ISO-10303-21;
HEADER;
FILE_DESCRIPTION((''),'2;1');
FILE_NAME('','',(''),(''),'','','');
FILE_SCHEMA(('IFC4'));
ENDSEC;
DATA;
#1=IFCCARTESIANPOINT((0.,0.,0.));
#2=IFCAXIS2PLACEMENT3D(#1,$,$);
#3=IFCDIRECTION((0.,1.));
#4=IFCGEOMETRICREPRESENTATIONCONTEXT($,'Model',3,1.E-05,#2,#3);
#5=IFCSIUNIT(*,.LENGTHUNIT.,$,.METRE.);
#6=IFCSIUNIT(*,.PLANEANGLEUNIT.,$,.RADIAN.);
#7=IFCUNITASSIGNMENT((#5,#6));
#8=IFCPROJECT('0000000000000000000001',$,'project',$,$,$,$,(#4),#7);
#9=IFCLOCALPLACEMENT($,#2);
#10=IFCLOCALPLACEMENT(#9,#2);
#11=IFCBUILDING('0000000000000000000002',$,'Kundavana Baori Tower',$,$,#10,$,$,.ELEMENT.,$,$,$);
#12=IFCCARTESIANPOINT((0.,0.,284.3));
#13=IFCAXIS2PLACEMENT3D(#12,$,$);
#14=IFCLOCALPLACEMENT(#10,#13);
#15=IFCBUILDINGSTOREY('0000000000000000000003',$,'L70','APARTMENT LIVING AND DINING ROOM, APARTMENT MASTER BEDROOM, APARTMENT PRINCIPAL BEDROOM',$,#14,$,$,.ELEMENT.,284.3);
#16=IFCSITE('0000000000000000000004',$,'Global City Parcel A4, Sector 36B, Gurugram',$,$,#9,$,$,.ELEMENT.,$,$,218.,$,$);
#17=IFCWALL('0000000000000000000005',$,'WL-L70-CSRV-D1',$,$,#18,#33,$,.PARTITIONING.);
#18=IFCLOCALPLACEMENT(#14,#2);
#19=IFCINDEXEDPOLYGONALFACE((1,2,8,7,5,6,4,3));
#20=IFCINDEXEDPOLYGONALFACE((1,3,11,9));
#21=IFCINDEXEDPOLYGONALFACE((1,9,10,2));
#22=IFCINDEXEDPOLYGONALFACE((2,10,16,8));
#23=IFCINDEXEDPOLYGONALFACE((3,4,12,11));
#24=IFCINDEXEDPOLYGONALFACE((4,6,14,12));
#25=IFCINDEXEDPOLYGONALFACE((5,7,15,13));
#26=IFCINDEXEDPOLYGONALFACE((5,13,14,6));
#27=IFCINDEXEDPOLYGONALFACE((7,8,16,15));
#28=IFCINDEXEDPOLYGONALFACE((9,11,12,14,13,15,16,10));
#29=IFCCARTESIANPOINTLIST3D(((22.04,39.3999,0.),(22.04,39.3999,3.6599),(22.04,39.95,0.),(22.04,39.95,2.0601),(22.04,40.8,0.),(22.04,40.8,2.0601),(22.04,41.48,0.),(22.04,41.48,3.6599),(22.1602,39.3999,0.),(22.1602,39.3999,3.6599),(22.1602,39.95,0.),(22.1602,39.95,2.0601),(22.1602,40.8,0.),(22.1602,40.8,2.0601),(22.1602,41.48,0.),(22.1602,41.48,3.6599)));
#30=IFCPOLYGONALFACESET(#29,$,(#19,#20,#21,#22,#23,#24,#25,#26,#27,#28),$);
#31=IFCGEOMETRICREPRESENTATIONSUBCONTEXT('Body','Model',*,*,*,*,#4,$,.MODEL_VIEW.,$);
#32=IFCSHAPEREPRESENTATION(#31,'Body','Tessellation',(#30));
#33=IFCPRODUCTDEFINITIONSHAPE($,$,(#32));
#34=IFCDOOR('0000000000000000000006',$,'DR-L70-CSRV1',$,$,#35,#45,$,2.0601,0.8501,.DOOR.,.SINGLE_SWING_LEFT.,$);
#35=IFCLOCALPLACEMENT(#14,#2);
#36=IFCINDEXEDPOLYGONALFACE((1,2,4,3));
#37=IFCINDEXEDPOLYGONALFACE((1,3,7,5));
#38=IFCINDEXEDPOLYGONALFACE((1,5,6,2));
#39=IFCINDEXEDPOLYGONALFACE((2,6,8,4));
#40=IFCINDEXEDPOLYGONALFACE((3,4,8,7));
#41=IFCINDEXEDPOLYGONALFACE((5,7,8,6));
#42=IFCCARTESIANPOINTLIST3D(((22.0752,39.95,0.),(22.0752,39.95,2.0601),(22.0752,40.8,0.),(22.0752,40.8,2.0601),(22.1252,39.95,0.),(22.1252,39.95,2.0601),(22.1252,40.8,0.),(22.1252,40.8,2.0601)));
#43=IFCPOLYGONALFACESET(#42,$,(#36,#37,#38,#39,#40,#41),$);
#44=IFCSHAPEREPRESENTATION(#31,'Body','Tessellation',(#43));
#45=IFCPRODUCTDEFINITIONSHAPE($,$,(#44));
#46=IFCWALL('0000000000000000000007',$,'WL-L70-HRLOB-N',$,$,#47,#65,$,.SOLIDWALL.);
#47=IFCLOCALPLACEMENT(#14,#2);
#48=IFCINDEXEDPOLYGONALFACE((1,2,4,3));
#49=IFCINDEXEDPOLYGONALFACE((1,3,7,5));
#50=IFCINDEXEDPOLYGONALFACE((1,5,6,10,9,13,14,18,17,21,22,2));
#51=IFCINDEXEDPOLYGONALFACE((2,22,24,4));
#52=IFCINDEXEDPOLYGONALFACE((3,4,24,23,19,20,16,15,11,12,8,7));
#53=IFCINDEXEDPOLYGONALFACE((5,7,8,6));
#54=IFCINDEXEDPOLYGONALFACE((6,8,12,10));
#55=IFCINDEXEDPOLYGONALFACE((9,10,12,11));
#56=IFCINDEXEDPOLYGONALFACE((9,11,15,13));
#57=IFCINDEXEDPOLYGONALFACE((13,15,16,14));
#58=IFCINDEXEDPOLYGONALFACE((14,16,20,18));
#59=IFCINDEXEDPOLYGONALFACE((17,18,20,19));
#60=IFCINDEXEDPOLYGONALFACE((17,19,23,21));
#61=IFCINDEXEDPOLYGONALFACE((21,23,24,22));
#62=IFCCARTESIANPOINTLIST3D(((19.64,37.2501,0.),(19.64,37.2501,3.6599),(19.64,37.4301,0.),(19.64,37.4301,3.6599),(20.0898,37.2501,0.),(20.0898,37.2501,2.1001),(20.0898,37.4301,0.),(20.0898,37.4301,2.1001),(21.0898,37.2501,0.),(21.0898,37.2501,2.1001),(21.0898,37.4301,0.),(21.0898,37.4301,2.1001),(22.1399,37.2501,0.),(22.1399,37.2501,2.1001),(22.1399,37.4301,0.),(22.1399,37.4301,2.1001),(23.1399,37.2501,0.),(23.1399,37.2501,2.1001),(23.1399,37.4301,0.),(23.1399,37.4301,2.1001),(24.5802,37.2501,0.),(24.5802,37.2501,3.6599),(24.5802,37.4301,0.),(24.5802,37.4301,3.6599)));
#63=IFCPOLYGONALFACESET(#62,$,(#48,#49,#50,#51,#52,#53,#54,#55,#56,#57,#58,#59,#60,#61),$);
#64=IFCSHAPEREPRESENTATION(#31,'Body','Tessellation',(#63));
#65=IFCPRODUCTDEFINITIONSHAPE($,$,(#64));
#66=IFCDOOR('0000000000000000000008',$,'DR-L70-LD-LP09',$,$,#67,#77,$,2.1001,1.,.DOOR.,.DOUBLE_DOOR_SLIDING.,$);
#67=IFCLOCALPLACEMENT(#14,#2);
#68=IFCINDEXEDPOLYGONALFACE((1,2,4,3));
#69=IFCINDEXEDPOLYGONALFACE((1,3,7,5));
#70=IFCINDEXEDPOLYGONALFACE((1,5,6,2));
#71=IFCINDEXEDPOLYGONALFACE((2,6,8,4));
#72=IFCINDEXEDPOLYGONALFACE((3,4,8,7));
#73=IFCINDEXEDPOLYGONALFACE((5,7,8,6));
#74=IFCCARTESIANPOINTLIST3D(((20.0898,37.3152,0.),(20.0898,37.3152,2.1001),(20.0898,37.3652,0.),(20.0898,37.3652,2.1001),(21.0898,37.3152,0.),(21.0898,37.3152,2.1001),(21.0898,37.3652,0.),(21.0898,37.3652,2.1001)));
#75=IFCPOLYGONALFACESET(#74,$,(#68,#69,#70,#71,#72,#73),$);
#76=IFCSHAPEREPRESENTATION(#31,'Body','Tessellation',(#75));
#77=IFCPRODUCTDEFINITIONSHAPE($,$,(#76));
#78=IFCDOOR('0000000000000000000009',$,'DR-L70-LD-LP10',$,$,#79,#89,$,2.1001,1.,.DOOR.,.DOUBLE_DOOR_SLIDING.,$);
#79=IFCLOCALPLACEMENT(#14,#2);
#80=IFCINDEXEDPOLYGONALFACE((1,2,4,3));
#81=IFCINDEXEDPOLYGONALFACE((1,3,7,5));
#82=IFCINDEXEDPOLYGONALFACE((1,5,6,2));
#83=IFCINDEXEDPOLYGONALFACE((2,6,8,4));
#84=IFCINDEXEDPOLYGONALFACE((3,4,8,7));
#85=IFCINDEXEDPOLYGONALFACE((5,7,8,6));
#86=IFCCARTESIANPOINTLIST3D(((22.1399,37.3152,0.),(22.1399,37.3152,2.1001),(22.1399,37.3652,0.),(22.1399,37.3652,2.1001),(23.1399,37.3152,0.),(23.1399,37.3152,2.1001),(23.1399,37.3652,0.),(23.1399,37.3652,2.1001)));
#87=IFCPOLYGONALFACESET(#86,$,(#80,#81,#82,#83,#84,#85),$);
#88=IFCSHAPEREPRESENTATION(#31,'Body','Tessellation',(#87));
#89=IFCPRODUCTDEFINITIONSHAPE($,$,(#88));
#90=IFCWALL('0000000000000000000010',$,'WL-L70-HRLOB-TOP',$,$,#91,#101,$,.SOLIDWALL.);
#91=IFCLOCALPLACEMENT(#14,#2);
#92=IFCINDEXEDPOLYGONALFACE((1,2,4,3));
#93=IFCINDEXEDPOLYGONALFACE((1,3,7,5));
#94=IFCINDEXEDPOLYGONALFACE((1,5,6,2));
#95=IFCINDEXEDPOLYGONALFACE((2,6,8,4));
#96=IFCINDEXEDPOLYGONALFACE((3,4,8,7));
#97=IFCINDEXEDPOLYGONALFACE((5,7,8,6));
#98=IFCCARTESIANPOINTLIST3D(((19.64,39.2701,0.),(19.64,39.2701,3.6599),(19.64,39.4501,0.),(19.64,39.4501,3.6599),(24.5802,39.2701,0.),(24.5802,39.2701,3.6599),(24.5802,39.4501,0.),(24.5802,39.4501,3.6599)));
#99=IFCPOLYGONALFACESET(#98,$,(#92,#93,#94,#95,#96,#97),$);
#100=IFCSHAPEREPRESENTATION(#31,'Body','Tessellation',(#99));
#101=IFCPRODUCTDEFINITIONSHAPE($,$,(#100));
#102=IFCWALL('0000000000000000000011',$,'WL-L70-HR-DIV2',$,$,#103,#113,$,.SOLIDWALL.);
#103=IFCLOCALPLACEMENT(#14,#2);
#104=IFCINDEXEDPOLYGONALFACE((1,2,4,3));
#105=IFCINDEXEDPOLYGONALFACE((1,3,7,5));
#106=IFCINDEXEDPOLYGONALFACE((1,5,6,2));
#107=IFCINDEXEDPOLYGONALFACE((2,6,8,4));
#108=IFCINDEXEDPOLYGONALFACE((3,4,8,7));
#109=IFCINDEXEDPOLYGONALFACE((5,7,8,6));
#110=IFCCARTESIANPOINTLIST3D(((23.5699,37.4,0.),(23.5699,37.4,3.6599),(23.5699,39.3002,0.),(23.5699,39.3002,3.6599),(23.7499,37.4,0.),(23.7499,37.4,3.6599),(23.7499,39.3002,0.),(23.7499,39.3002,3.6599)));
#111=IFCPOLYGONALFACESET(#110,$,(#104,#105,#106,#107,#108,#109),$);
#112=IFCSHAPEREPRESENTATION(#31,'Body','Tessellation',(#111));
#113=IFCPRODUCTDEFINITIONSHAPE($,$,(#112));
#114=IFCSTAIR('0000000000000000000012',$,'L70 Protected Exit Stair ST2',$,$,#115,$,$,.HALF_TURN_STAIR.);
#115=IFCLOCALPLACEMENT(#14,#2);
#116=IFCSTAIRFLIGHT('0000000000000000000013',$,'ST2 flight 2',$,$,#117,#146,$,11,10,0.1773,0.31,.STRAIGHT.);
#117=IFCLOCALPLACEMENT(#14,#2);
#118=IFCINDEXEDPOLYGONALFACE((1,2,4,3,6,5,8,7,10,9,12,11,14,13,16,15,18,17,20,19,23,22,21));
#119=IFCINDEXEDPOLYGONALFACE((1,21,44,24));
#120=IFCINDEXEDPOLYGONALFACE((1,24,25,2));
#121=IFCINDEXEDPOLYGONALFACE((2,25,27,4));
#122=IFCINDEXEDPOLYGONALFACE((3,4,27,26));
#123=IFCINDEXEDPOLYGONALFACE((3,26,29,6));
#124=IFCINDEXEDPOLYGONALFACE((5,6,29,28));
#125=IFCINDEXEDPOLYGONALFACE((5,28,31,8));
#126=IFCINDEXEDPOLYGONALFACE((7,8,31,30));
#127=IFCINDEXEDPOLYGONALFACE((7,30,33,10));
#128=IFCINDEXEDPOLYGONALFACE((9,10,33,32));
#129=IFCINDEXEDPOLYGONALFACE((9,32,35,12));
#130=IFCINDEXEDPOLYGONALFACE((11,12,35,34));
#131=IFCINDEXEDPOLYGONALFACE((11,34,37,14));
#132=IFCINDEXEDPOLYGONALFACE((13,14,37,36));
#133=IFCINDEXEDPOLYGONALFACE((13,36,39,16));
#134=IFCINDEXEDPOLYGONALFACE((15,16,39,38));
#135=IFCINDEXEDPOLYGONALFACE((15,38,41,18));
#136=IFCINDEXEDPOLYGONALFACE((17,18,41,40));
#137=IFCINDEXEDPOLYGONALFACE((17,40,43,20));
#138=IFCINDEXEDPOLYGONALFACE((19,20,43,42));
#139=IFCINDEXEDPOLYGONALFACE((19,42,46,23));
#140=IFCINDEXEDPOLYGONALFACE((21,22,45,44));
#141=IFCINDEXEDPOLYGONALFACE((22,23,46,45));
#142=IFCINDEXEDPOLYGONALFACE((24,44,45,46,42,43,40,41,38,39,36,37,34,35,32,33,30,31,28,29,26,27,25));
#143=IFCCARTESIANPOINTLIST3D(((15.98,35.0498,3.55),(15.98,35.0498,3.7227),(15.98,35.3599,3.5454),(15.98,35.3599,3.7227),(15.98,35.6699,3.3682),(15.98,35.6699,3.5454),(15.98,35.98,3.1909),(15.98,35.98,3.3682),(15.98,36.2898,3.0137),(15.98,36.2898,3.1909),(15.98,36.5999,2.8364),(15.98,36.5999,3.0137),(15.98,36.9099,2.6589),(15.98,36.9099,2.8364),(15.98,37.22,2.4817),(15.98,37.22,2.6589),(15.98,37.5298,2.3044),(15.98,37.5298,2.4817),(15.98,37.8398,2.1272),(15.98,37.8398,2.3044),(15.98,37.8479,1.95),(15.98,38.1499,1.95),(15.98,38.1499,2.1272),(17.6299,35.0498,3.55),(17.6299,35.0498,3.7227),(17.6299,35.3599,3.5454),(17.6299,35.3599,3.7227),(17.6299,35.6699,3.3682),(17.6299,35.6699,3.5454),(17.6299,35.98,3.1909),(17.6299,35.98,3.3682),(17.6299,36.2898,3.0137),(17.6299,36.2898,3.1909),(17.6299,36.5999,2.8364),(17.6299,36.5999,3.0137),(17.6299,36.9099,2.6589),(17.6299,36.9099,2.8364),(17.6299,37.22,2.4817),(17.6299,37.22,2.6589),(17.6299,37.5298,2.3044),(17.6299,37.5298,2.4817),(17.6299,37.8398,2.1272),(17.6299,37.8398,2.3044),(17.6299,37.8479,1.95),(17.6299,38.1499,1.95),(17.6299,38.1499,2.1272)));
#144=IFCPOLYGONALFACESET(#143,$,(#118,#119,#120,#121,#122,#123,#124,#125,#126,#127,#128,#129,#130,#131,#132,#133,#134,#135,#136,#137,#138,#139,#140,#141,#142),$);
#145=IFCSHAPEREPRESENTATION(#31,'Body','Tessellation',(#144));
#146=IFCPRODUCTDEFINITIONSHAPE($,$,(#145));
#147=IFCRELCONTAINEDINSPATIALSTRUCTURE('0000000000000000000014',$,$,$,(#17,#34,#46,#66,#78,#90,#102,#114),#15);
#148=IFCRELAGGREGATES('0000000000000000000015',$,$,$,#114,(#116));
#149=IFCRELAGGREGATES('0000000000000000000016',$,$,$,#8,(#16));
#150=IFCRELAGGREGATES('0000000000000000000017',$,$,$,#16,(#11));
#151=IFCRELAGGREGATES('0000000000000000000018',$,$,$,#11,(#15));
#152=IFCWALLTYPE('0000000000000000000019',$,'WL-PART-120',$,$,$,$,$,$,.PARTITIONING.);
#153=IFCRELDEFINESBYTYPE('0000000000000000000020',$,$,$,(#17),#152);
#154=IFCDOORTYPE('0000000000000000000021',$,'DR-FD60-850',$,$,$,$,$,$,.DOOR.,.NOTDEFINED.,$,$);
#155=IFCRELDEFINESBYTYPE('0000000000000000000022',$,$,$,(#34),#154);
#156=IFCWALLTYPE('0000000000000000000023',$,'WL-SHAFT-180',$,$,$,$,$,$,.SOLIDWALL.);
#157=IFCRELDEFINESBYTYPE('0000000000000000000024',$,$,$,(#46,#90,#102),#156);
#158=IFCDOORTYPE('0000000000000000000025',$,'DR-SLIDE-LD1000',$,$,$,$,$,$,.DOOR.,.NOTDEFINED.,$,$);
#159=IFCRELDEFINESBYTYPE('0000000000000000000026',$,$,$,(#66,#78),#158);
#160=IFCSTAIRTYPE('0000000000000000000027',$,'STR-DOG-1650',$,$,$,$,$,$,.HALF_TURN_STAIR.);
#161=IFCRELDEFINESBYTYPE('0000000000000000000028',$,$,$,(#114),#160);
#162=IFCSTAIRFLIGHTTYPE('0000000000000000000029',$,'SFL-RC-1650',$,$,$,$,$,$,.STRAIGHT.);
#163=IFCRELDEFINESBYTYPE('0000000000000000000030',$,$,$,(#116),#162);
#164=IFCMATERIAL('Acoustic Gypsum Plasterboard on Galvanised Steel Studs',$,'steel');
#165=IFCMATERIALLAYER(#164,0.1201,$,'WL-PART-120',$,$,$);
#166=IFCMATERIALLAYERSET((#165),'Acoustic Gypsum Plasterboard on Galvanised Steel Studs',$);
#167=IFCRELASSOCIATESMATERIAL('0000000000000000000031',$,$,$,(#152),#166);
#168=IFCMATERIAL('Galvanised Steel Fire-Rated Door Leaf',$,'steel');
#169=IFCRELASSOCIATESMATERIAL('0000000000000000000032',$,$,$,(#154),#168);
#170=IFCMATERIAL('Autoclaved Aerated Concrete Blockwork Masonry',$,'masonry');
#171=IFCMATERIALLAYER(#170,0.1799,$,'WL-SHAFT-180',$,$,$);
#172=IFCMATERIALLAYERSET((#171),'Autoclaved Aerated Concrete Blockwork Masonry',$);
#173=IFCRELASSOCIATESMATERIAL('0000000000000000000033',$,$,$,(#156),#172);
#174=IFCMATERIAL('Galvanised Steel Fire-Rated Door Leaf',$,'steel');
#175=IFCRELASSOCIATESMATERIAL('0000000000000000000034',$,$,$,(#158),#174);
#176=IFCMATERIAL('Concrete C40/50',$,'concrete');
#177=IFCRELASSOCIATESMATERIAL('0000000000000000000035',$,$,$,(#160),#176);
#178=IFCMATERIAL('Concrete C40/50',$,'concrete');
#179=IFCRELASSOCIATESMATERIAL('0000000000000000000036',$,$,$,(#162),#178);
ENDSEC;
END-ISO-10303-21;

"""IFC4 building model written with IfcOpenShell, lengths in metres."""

from ifc_helpers import new_model, si_unit, direction, frame, frame_2d, origin, place, context, subcontext, project, spatial, polyline, rectangle, outline, extrude, material, layer, layer_set, type_object, element, fill, aggregate, save


model = new_model("IFC4")

# Units and contexts
model_context = context("Model", 3, precision=1e-05, world=origin(), true_north=direction((0.0, 1.0)))
body_context = subcontext(model_context, "Body", "Model", "MODEL_VIEW")
ifc_project = project(units=[si_unit("LENGTHUNIT", "METRE"), si_unit("PLANEANGLEUNIT", "RADIAN")], contexts=[model_context])

# Site, building, storey
site_placement = place(None, origin())
site = spatial("IfcSite", under=ifc_project, at=site_placement, Name="Global City Parcel A4, Sector 36B, Gurugram", CompositionType="ELEMENT", RefElevation=218.0)
building_placement = place(site_placement, origin())
building = spatial("IfcBuilding", under=site, at=building_placement, Name="Kundavana Baori Tower", CompositionType="ELEMENT")
storey_placement = place(building_placement, frame((0.0, 0.0, 284.3)))
storey = spatial("IfcBuildingStorey", under=building, at=storey_placement, Name="L70", Description="APARTMENT LIVING AND DINING ROOM, APARTMENT MASTER BEDROOM, APARTMENT PRINCIPAL BEDROOM", CompositionType="ELEMENT", Elevation=284.3)

# Shared definitions
ifc_material_1 = material(Name="Acoustic Gypsum Plasterboard on Galvanised Steel Studs", Category="steel")
ifc_layer_1 = layer(ifc_material_1, 0.1201, Name="WL-PART-120")
ifc_layer_set_1 = layer_set([ifc_layer_1], Name="Acoustic Gypsum Plasterboard on Galvanised Steel Studs")
wall_type_1 = type_object("IfcWallType", Name="WL-PART-120", PredefinedType="PARTITIONING", material=ifc_layer_set_1)

# Wall, opening, door
wall_1_placement = place(storey_placement, frame((22.1001, 39.3999, 0.0), z_axis=(0.0, 0.0, 1.0), x_axis=(0.0, 1.0, 0.0)))
wall_1 = element("IfcWall", 1, at=wall_1_placement, inside=storey, type_object=wall_type_1, Name="WL-L70-CSRV-D1", PredefinedType="PARTITIONING", context=body_context, shape_type="SweptSolid", body=[
    extrude(rectangle(XDim=2.0801, YDim=0.1201, at=frame_2d((1.04, 0.0))), origin(), (0.0, 0.0, 1.0), 3.6599),
])
opening_1_placement = place(wall_1_placement, frame((0.55, 0.0, 0.0)))
opening_1 = element("IfcOpeningElement", 2, at=opening_1_placement, cuts=wall_1, PredefinedType="OPENING", context=body_context, shape_type="SweptSolid", body=[
    extrude(rectangle(XDim=0.8501, YDim=2.0601, at=frame_2d((0.425, 1.03))), frame((0.0, 0.0701, 0.0), z_axis=(0.0, -1.0, 0.0), x_axis=(1.0, 0.0, 0.0)), (0.0, 0.0, 1.0), 0.1401),
])
ifc_material_2 = material(Name="Galvanised Steel Fire-Rated Door Leaf", Category="steel")
door_type_1 = type_object("IfcDoorType", Name="DR-FD60-850", OperationType="NOTDEFINED", PredefinedType="DOOR", material=ifc_material_2)
door_1_placement = place(opening_1_placement, origin())
door_1 = element("IfcDoor", 3, at=door_1_placement, inside=storey, type_object=door_type_1, Name="DR-L70-CSRV1", OperationType="SINGLE_SWING_LEFT", OverallHeight=2.0601, OverallWidth=0.8501, PredefinedType="DOOR", context=body_context, shape_type="SweptSolid", body=[
    extrude(rectangle(XDim=0.8501, YDim=2.0601, at=frame_2d((0.425, 1.03))), frame((0.0, 0.0249, 0.0), z_axis=(0.0, -1.0, 0.0), x_axis=(1.0, 0.0, 0.0)), (0.0, 0.0, 1.0), 0.05),
])
fill(opening_1, door_1)

# Wall, openings, doors
ifc_material_3 = material(Name="Autoclaved Aerated Concrete Blockwork Masonry", Category="masonry")
ifc_layer_2 = layer(ifc_material_3, 0.1799, Name="WL-SHAFT-180")
ifc_layer_set_2 = layer_set([ifc_layer_2], Name="Autoclaved Aerated Concrete Blockwork Masonry")
wall_type_2 = type_object("IfcWallType", Name="WL-SHAFT-180", PredefinedType="SOLIDWALL", material=ifc_layer_set_2)
wall_2_placement = place(storey_placement, frame((19.6399, 37.3401, 0.0), z_axis=(0.0, 0.0, 1.0), x_axis=(1.0, 0.0, 0.0)))
wall_2 = element("IfcWall", 4, at=wall_2_placement, inside=storey, type_object=wall_type_2, Name="WL-L70-HRLOB-N", PredefinedType="SOLIDWALL", context=body_context, shape_type="SweptSolid", body=[
    extrude(rectangle(XDim=4.9402, YDim=0.1799, at=frame_2d((2.4702, 0.0))), origin(), (0.0, 0.0, 1.0), 3.6599),
])
opening_2_placement = place(wall_2_placement, frame((0.45, 0.0, 0.0)))
opening_2 = element("IfcOpeningElement", 5, at=opening_2_placement, cuts=wall_2, PredefinedType="OPENING", context=body_context, shape_type="SweptSolid", body=[
    extrude(rectangle(XDim=1.0, YDim=2.1001, at=frame_2d((0.5, 1.05))), frame((0.0, 0.1001, 0.0), z_axis=(0.0, -1.0, 0.0), x_axis=(1.0, 0.0, 0.0)), (0.0, 0.0, 1.0), 0.2),
])
opening_3_placement = place(wall_2_placement, frame((2.5, 0.0, 0.0)))
opening_3 = element("IfcOpeningElement", 6, at=opening_3_placement, cuts=wall_2, PredefinedType="OPENING", context=body_context, shape_type="SweptSolid", body=[
    extrude(rectangle(XDim=1.0, YDim=2.1001, at=frame_2d((0.5, 1.05))), frame((0.0, 0.1001, 0.0), z_axis=(0.0, -1.0, 0.0), x_axis=(1.0, 0.0, 0.0)), (0.0, 0.0, 1.0), 0.2),
])
ifc_material_4 = material(Name="Galvanised Steel Fire-Rated Door Leaf", Category="steel")
door_type_2 = type_object("IfcDoorType", Name="DR-SLIDE-LD1000", OperationType="NOTDEFINED", PredefinedType="DOOR", material=ifc_material_4)
door_2_placement = place(opening_2_placement, frame((1.0, 0.0, 0.0), z_axis=(0.0, 0.0, 1.0), x_axis=(-1.0, 0.0, 0.0)))
door_2 = element("IfcDoor", 7, at=door_2_placement, inside=storey, type_object=door_type_2, Name="DR-L70-LD-LP09", OperationType="DOUBLE_DOOR_SLIDING", OverallHeight=2.1001, OverallWidth=1.0, PredefinedType="DOOR", context=body_context, shape_type="SweptSolid", body=[
    extrude(rectangle(XDim=1.0, YDim=2.1001, at=frame_2d((0.5, 1.05))), frame((0.0, 0.0249, 0.0), z_axis=(0.0, -1.0, 0.0), x_axis=(1.0, 0.0, 0.0)), (0.0, 0.0, 1.0), 0.05),
])
fill(opening_2, door_2)
door_3_placement = place(opening_3_placement, frame((1.0, 0.0, 0.0), z_axis=(0.0, 0.0, 1.0), x_axis=(-1.0, 0.0, 0.0)))
door_3 = element("IfcDoor", 8, at=door_3_placement, inside=storey, type_object=door_type_2, Name="DR-L70-LD-LP10", OperationType="DOUBLE_DOOR_SLIDING", OverallHeight=2.1001, OverallWidth=1.0, PredefinedType="DOOR", context=body_context, shape_type="SweptSolid", body=[
    extrude(rectangle(XDim=1.0, YDim=2.1001, at=frame_2d((0.5, 1.05))), frame((0.0, 0.0249, 0.0), z_axis=(0.0, -1.0, 0.0), x_axis=(1.0, 0.0, 0.0)), (0.0, 0.0, 1.0), 0.05),
])
fill(opening_3, door_3)

# Walls
wall_3_placement = place(storey_placement, frame((19.6399, 39.3601, 0.0), z_axis=(0.0, 0.0, 1.0), x_axis=(1.0, 0.0, 0.0)))
element("IfcWall", 9, at=wall_3_placement, inside=storey, type_object=wall_type_2, Name="WL-L70-HRLOB-TOP", PredefinedType="SOLIDWALL", context=body_context, shape_type="SweptSolid", body=[
    extrude(rectangle(XDim=4.9402, YDim=0.1799, at=frame_2d((2.4702, 0.0))), origin(), (0.0, 0.0, 1.0), 3.6599),
])
wall_4_placement = place(storey_placement, frame((23.6599, 37.3999, 0.0), z_axis=(0.0, 0.0, 1.0), x_axis=(0.0, 1.0, 0.0)))
element("IfcWall", 10, at=wall_4_placement, inside=storey, type_object=wall_type_2, Name="WL-L70-HR-DIV2", PredefinedType="SOLIDWALL", context=body_context, shape_type="SweptSolid", body=[
    extrude(rectangle(XDim=1.9001, YDim=0.1799, at=frame_2d((0.9502, 0.0))), origin(), (0.0, 0.0, 1.0), 3.6599),
])

# Stair, stair flight
ifc_material_5 = material(Name="Concrete C40/50", Category="concrete")
stair_type = type_object("IfcStairType", Name="STR-DOG-1650", PredefinedType="HALF_TURN_STAIR", material=ifc_material_5)
stair_placement = place(storey_placement, origin())
stair = element("IfcStair", 11, at=stair_placement, inside=storey, type_object=stair_type, Name="L70 Protected Exit Stair ST2", PredefinedType="HALF_TURN_STAIR")
ifc_material_6 = material(Name="Concrete C40/50", Category="concrete")
stair_flight_type = type_object("IfcStairFlightType", Name="SFL-RC-1650", PredefinedType="STRAIGHT", material=ifc_material_6)
stair_flight_placement = place(storey_placement, frame((16.8049, 38.1499, 1.95), z_axis=(0.0, 0.0, 1.0), x_axis=(0.0, -1.0, 0.0)))
stair_flight = element("IfcStairFlight", 12, at=stair_flight_placement, type_object=stair_flight_type, Name="ST2 flight 2", NumberOfRisers=11, NumberOfTreads=10, PredefinedType="STRAIGHT", RiserHeight=0.1773, TreadLength=0.31, context=body_context, shape_type="SweptSolid", body=[
    extrude(outline(polyline([(0.0, 0.0), (0.0, 0.1772), (0.3101, 0.1772), (0.3101, 0.3545), (0.6201, 0.3545), (0.6201, 0.5317), (0.9299, 0.5317), (0.9299, 0.709), (1.24, 0.709), (1.24, 0.8865), (1.55, 0.8865), (1.55, 1.0637), (1.8601, 1.0637), (1.8601, 1.241), (2.1699, 1.241), (2.1699, 1.4182), (2.48, 1.4182), (2.48, 1.5955), (2.79, 1.5955), (2.79, 1.7727), (3.1001, 1.7727), (3.1001, 1.95), (3.1001, 1.6001), (0.302, 0.0), (0.0, 0.0)])), frame((0.0, 0.825, 0.0), z_axis=(0.0, -1.0, 0.0), x_axis=(1.0, 0.0, 0.0)), (0.0, 0.0, 1.0), 1.6499),
])
aggregate(stair, [stair_flight])

save(model, "model.ifc")
